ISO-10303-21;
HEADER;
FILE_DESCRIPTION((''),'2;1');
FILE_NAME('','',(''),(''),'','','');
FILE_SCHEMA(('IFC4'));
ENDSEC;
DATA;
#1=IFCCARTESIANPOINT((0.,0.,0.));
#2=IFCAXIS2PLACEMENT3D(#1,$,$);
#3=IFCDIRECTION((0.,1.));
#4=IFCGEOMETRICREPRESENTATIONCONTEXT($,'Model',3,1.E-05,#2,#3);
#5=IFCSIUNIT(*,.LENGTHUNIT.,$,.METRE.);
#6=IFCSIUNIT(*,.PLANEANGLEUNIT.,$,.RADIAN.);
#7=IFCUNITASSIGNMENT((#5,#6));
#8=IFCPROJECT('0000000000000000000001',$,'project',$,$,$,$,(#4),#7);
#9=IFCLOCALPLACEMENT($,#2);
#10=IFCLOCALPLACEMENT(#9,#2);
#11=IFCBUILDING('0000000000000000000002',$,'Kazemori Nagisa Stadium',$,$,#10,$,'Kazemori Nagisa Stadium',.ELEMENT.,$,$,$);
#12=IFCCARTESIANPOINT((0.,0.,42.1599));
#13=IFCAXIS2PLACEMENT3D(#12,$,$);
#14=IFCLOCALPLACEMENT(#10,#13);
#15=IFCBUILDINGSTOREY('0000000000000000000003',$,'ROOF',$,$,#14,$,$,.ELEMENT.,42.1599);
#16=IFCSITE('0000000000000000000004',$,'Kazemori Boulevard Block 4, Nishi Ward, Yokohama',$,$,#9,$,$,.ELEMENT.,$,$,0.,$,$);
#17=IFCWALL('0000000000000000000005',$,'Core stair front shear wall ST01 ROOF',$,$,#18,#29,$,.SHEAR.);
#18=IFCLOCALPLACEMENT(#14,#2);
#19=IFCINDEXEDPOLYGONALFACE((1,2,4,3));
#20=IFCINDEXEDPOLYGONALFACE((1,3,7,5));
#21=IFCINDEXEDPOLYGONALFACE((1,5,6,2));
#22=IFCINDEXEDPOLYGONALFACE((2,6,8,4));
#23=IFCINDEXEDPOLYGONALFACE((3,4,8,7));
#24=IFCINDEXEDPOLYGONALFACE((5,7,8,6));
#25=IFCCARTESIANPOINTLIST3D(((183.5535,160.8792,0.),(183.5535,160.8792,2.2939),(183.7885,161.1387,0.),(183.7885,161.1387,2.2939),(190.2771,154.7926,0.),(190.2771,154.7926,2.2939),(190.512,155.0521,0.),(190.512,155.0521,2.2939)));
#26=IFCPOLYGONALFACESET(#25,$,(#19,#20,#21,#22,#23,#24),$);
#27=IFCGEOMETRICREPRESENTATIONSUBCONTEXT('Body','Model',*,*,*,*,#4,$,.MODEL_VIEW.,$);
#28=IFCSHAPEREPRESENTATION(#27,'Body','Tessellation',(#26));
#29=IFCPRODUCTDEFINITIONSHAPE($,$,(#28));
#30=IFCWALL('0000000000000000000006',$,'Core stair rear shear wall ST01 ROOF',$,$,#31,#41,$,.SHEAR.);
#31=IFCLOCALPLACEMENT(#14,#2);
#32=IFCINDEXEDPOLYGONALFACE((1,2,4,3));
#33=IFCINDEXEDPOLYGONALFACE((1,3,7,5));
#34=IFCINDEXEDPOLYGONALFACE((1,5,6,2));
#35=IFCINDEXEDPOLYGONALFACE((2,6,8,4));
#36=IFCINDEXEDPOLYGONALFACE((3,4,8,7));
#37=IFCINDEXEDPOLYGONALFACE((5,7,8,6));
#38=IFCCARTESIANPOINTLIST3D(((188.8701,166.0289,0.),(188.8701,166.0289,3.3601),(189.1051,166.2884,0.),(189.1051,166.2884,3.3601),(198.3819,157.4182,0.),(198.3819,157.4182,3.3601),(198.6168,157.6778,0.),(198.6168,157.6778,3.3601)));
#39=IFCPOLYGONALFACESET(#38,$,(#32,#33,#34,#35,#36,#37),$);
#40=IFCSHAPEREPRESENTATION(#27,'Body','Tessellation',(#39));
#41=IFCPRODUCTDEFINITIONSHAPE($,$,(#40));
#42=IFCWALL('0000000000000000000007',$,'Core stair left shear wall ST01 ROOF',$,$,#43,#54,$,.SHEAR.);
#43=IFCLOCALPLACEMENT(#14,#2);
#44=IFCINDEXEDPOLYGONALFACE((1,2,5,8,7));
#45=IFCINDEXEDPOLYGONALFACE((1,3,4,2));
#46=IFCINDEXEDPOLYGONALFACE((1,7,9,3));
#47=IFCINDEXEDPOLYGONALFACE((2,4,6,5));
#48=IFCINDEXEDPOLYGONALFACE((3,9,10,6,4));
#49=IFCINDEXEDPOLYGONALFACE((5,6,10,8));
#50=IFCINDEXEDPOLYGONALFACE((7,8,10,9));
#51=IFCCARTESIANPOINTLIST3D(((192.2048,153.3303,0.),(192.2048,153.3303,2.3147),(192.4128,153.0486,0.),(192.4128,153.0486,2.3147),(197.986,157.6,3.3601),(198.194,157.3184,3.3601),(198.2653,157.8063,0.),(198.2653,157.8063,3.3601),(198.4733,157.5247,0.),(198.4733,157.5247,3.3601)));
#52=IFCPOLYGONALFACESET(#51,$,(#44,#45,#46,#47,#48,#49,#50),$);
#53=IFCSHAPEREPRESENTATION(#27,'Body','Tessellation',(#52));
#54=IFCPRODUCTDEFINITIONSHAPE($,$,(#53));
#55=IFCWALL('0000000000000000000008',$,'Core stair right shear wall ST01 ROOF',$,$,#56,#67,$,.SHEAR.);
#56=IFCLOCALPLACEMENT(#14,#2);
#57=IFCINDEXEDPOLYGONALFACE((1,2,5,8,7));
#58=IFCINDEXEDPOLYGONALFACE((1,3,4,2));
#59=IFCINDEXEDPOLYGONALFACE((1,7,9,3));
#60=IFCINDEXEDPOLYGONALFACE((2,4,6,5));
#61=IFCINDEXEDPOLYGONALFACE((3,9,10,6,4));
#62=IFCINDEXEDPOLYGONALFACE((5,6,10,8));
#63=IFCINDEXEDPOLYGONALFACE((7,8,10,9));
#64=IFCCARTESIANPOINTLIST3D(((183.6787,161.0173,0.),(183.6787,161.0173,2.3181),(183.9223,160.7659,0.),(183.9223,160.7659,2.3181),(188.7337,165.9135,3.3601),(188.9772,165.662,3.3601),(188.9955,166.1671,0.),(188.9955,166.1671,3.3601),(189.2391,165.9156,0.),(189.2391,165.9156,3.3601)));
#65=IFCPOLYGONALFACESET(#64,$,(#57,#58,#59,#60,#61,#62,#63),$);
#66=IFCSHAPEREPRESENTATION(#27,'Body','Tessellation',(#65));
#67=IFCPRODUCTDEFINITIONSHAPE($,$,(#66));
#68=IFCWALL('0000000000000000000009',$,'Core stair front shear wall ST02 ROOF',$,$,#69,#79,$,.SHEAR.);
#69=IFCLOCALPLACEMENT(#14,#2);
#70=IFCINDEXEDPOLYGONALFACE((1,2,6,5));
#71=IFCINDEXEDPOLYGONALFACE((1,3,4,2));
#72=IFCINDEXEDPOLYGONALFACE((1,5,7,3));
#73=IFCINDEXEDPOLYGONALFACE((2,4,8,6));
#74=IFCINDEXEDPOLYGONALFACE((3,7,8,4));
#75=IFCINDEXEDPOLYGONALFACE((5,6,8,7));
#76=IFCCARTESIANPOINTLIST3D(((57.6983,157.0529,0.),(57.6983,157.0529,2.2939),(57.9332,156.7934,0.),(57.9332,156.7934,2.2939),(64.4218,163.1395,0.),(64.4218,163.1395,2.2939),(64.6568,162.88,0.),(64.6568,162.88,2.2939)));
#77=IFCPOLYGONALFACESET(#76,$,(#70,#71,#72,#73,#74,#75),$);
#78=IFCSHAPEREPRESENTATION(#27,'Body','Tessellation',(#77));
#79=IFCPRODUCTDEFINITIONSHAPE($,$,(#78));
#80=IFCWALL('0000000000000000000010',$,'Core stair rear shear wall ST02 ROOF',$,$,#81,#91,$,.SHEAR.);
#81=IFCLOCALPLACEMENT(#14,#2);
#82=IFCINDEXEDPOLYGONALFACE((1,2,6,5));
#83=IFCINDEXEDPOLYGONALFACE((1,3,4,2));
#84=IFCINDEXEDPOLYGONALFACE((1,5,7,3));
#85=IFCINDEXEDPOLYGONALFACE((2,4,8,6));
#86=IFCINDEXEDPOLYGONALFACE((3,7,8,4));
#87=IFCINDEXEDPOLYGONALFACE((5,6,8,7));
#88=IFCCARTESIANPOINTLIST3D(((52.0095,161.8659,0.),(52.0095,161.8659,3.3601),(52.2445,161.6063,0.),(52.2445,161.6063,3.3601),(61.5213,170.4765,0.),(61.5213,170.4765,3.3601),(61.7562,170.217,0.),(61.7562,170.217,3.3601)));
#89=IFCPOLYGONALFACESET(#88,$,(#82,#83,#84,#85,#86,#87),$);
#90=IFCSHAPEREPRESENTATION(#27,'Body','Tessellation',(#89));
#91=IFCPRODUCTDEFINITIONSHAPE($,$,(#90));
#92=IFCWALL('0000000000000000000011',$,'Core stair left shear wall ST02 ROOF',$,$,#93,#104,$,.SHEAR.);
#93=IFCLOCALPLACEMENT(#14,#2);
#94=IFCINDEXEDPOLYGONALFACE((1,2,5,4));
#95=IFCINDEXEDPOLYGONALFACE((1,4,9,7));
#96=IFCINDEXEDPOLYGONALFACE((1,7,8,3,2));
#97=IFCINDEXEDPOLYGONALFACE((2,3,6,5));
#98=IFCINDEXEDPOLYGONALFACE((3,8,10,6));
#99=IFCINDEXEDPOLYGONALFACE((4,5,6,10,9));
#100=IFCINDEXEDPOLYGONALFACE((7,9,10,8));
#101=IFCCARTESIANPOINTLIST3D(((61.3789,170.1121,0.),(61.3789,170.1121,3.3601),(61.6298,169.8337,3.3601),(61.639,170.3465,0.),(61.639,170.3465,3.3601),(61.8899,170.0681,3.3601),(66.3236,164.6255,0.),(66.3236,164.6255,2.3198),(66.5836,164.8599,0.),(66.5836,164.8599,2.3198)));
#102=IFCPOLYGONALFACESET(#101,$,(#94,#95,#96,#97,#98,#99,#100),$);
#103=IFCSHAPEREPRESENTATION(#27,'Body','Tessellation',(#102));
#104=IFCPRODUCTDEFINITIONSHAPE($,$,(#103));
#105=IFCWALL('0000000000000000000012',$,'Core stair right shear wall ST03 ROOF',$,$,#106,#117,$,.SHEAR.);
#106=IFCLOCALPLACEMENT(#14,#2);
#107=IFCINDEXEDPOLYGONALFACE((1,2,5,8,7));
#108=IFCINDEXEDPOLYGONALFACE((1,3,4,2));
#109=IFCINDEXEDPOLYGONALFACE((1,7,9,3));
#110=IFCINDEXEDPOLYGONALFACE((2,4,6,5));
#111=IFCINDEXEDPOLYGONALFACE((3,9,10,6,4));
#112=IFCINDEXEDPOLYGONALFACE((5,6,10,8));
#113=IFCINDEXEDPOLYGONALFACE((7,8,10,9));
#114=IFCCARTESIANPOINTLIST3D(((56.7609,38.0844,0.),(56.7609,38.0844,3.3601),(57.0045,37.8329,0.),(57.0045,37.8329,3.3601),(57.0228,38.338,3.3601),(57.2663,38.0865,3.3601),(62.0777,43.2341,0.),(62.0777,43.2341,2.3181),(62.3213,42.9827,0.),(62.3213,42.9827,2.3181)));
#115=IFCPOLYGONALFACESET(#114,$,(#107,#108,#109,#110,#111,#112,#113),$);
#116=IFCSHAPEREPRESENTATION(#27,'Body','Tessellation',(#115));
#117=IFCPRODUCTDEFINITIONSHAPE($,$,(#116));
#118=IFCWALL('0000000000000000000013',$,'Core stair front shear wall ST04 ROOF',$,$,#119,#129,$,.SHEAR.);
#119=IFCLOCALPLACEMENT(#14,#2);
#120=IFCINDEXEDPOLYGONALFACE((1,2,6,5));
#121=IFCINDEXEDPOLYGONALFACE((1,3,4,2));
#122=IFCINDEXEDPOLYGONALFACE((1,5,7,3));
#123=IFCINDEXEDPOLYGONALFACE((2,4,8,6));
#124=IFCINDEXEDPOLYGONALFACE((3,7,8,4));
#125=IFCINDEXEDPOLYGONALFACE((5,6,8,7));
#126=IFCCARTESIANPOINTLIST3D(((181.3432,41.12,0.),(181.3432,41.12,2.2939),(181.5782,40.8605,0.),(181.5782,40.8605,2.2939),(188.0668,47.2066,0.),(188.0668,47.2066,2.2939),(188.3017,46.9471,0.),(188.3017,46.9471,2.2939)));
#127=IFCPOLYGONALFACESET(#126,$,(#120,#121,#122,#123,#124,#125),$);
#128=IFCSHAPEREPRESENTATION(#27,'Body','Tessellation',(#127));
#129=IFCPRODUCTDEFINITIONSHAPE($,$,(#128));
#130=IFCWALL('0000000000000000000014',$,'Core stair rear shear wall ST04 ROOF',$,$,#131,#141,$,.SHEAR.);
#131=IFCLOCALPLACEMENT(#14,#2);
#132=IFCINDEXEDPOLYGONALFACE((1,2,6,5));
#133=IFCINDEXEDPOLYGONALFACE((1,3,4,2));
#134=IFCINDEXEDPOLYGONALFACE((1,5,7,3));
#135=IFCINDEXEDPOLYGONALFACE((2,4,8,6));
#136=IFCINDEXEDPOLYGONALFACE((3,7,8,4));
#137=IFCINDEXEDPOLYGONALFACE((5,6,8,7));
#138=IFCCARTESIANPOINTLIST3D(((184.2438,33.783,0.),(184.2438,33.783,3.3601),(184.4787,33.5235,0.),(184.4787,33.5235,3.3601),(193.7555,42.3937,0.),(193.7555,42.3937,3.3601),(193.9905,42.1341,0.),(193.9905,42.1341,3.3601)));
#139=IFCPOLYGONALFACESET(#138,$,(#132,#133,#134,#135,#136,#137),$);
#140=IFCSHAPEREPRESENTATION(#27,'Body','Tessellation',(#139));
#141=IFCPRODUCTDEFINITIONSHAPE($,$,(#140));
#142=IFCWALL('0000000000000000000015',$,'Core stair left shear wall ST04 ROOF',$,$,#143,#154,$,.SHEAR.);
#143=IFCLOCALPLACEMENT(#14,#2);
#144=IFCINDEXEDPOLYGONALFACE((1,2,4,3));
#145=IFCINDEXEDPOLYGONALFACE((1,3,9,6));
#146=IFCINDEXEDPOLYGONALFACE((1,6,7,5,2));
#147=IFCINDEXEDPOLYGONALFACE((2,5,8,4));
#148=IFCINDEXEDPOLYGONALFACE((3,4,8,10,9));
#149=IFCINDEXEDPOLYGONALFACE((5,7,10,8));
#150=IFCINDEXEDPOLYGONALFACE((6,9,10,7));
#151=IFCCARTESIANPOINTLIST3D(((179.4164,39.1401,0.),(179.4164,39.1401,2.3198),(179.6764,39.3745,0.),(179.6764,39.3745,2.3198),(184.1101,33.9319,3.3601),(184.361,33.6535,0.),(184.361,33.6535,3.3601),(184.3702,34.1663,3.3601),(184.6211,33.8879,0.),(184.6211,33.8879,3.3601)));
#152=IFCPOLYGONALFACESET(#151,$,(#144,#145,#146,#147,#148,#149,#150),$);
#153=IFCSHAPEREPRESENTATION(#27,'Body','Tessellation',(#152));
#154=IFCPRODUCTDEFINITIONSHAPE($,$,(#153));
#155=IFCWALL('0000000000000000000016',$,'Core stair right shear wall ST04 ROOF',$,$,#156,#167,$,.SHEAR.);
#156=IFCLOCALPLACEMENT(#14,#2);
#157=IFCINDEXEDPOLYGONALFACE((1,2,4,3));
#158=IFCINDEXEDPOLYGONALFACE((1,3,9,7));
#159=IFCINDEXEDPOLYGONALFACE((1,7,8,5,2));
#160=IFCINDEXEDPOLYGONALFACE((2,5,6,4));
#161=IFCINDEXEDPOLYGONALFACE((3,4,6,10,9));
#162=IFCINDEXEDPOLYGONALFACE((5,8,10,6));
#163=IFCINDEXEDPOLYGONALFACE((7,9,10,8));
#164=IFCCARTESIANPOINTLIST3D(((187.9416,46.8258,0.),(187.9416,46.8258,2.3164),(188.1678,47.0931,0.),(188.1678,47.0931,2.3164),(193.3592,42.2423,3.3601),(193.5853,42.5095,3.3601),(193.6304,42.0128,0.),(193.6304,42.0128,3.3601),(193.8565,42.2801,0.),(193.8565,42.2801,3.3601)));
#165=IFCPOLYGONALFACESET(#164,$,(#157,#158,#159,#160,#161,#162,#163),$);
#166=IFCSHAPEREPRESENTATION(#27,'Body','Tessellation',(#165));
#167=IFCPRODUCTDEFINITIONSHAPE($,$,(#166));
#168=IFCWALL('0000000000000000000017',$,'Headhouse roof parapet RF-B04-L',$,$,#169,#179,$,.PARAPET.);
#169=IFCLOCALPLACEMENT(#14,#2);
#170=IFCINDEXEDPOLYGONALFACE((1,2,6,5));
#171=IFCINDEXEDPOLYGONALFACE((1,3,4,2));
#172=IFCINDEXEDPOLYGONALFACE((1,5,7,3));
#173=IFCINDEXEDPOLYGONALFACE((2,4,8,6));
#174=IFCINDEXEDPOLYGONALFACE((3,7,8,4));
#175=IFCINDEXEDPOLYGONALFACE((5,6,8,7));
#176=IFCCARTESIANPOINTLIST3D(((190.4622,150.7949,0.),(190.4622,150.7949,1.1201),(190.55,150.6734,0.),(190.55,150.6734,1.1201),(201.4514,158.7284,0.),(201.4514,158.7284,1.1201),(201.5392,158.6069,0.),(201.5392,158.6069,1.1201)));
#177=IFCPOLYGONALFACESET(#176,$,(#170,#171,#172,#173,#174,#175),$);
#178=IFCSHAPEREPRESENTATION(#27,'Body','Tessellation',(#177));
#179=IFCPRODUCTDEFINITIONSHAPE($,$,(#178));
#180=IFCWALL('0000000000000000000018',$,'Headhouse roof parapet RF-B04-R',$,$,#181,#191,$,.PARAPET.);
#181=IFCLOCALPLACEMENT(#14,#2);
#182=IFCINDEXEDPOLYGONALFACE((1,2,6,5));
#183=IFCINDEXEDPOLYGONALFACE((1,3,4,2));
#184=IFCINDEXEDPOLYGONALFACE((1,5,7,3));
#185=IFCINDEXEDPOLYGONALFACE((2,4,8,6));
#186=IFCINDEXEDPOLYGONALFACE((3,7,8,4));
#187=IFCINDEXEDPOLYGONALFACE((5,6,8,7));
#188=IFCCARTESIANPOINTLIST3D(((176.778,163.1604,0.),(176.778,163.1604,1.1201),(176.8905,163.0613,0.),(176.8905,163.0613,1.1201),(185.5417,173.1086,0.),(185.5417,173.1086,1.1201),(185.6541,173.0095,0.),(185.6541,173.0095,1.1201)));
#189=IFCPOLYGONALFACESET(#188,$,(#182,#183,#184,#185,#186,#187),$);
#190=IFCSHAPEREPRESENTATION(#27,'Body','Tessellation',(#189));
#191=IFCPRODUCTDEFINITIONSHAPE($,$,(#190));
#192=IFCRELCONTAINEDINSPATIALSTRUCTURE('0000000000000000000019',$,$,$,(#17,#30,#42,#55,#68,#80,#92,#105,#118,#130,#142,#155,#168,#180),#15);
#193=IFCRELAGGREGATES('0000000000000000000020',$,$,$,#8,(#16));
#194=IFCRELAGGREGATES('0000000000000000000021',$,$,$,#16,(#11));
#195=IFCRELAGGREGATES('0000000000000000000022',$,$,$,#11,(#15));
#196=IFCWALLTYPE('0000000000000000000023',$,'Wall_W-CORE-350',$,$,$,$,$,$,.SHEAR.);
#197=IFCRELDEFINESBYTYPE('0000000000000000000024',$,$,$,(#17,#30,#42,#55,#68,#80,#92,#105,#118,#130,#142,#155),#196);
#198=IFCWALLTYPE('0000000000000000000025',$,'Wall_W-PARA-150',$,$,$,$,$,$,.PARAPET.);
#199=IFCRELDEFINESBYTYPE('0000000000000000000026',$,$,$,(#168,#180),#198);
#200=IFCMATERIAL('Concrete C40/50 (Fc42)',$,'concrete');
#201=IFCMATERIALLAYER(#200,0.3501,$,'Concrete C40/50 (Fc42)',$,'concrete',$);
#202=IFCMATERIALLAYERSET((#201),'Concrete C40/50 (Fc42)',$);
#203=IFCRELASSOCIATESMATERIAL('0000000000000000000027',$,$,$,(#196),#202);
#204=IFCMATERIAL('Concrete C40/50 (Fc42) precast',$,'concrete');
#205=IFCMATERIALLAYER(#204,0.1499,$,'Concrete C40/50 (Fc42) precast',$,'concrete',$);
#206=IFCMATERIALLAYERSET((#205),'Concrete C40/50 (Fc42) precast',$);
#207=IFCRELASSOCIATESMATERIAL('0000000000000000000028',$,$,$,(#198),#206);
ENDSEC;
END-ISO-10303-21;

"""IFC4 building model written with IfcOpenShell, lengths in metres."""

from ifc_helpers import new_model, si_unit, direction, frame, frame_2d, origin, place, context, subcontext, project, spatial, polyline, rectangle, outline, extrude, material, layer, layer_set, type_object, element, save


model = new_model("IFC4")

# Units and contexts
model_context = context("Model", 3, precision=1e-05, world=origin(), true_north=direction((0.0, 1.0)))
body_context = subcontext(model_context, "Body", "Model", "MODEL_VIEW")
ifc_project = project(units=[si_unit("LENGTHUNIT", "METRE"), si_unit("PLANEANGLEUNIT", "RADIAN")], contexts=[model_context])

# Site, building, storey
site_placement = place(None, origin())
site = spatial("IfcSite", under=ifc_project, at=site_placement, Name="Kazemori Boulevard Block 4, Nishi Ward, Yokohama", CompositionType="ELEMENT", RefElevation=0.0)
building_placement = place(site_placement, origin())
building = spatial("IfcBuilding", under=site, at=building_placement, Name="Kazemori Nagisa Stadium", LongName="Kazemori Nagisa Stadium", CompositionType="ELEMENT")
storey_placement = place(building_placement, frame((0.0, 0.0, 42.1599)))
storey = spatial("IfcBuildingStorey", under=building, at=storey_placement, Name="ROOF", CompositionType="ELEMENT", Elevation=42.1599)

# Walls
ifc_material_1 = material(Name="Concrete C40/50 (Fc42)", Category="concrete")
ifc_layer_1 = layer(ifc_material_1, 0.3501, Name="Concrete C40/50 (Fc42)", Category="concrete")
ifc_layer_set_1 = layer_set([ifc_layer_1], Name="Concrete C40/50 (Fc42)")
wall_type_1 = type_object("IfcWallType", Name="Wall_W-CORE-350", PredefinedType="SHEAR", material=ifc_layer_set_1)
wall_1_placement = place(storey_placement, frame((190.3945, 154.9224, 0.0), z_axis=(0.0, 0.0, 1.0), x_axis=(-0.74135, 0.671118, 0.0)))
element("IfcWall", 1, at=wall_1_placement, inside=storey, type_object=wall_type_1, Name="Core stair front shear wall ST01 ROOF", PredefinedType="SHEAR", context=body_context, shape_type="SweptSolid", body=[
    extrude(rectangle(XDim=9.0693, YDim=0.3501, at=frame_2d((4.5347, 0.0))), origin(), (0.0, 0.0, 1.0), 2.2939),
])
wall_2_placement = place(storey_placement, frame((198.4993, 157.5481, 0.0), z_axis=(0.0, 0.0, 1.0), x_axis=(-0.741351, 0.671117, 0.0)))
element("IfcWall", 2, at=wall_2_placement, inside=storey, type_object=wall_type_1, Name="Core stair rear shear wall ST01 ROOF", PredefinedType="SHEAR", context=body_context, shape_type="SweptSolid", body=[
    extrude(rectangle(XDim=12.8303, YDim=0.3501, at=frame_2d((6.415, 0.0))), origin(), (0.0, 0.0, 1.0), 3.3601),
])
wall_3_placement = place(storey_placement, frame((192.3088, 153.1895, 0.0), z_axis=(0.0, 0.0, 1.0), x_axis=(0.804396, 0.594094, 0.0)))
element("IfcWall", 3, at=wall_3_placement, inside=storey, type_object=wall_type_1, Name="Core stair left shear wall ST01 ROOF", PredefinedType="SHEAR", context=body_context, shape_type="SweptSolid", body=[
    extrude(outline(polyline([(0.0, 0.0), (7.5342, 0.0), (7.5342, 3.3601), (7.187, 3.3601), (0.0, 2.3147), (0.0, 0.0)])), frame((0.0, 0.175, 0.0), z_axis=(0.0, -1.0, 0.0), x_axis=(1.0, 0.0, 0.0)), (0.0, 0.0, 1.0), 0.3501),
])
wall_4_placement = place(storey_placement, frame((183.8005, 160.8916, 0.0), z_axis=(0.0, 0.0, 1.0), x_axis=(0.718297, 0.695736, 0.0)))
element("IfcWall", 4, at=wall_4_placement, inside=storey, type_object=wall_type_1, Name="Core stair right shear wall ST01 ROOF", PredefinedType="SHEAR", context=body_context, shape_type="SweptSolid", body=[
    extrude(outline(polyline([(0.0, 0.0), (7.4019, 0.0), (7.4019, 3.3601), (7.0374, 3.3601), (0.0, 2.3181), (0.0, 0.0)])), frame((0.0, 0.175, 0.0), z_axis=(0.0, -1.0, 0.0), x_axis=(1.0, 0.0, 0.0)), (0.0, 0.0, 1.0), 0.3501),
])
wall_5_placement = place(storey_placement, frame((64.5393, 163.0098, 0.0), z_axis=(0.0, 0.0, 1.0), x_axis=(-0.74135, -0.671118, 0.0)))
element("IfcWall", 5, at=wall_5_placement, inside=storey, type_object=wall_type_1, Name="Core stair front shear wall ST02 ROOF", PredefinedType="SHEAR", context=body_context, shape_type="SweptSolid", body=[
    extrude(rectangle(XDim=9.0693, YDim=0.3501, at=frame_2d((4.5347, 0.0))), origin(), (0.0, 0.0, 1.0), 2.2939),
])
wall_6_placement = place(storey_placement, frame((61.6387, 170.3467, 0.0), z_axis=(0.0, 0.0, 1.0), x_axis=(-0.741351, -0.671117, 0.0)))
element("IfcWall", 6, at=wall_6_placement, inside=storey, type_object=wall_type_1, Name="Core stair rear shear wall ST02 ROOF", PredefinedType="SHEAR", context=body_context, shape_type="SweptSolid", body=[
    extrude(rectangle(XDim=12.8303, YDim=0.3501, at=frame_2d((6.415, 0.0))), origin(), (0.0, 0.0, 1.0), 3.3601),
])
wall_7_placement = place(storey_placement, frame((66.4536, 164.7427, 0.0), z_axis=(0.0, 0.0, 1.0), x_axis=(-0.669463, 0.742845, 0.0)))
element("IfcWall", 7, at=wall_7_placement, inside=storey, type_object=wall_type_1, Name="Core stair left shear wall ST02 ROOF", PredefinedType="SHEAR", context=body_context, shape_type="SweptSolid", body=[
    extrude(outline(polyline([(0.0, 0.0), (7.386, 0.0), (7.386, 3.3601), (7.0112, 3.3601), (0.0, 2.3198), (0.0, 0.0)])), frame((0.0, 0.175, 0.0), z_axis=(0.0, -1.0, 0.0), x_axis=(1.0, 0.0, 0.0)), (0.0, 0.0, 1.0), 0.3501),
])
wall_8_placement = place(storey_placement, frame((62.1995, 43.1084, 0.0), z_axis=(0.0, 0.0, 1.0), x_axis=(-0.718297, -0.695736, 0.0)))
element("IfcWall", 8, at=wall_8_placement, inside=storey, type_object=wall_type_1, Name="Core stair right shear wall ST03 ROOF", PredefinedType="SHEAR", context=body_context, shape_type="SweptSolid", body=[
    extrude(outline(polyline([(0.0, 0.0), (7.4019, 0.0), (7.4019, 3.3601), (7.0374, 3.3601), (0.0, 2.3181), (0.0, 0.0)])), frame((0.0, 0.175, 0.0), z_axis=(0.0, -1.0, 0.0), x_axis=(1.0, 0.0, 0.0)), (0.0, 0.0, 1.0), 0.3501),
])
wall_9_placement = place(storey_placement, frame((181.4607, 40.9902, 0.0), z_axis=(0.0, 0.0, 1.0), x_axis=(0.74135, 0.671118, 0.0)))
element("IfcWall", 9, at=wall_9_placement, inside=storey, type_object=wall_type_1, Name="Core stair front shear wall ST04 ROOF", PredefinedType="SHEAR", context=body_context, shape_type="SweptSolid", body=[
    extrude(rectangle(XDim=9.0693, YDim=0.3501, at=frame_2d((4.5347, 0.0))), origin(), (0.0, 0.0, 1.0), 2.2939),
])
wall_10_placement = place(storey_placement, frame((184.3613, 33.6533, 0.0), z_axis=(0.0, 0.0, 1.0), x_axis=(0.741351, 0.671117, 0.0)))
element("IfcWall", 10, at=wall_10_placement, inside=storey, type_object=wall_type_1, Name="Core stair rear shear wall ST04 ROOF", PredefinedType="SHEAR", context=body_context, shape_type="SweptSolid", body=[
    extrude(rectangle(XDim=12.8303, YDim=0.3501, at=frame_2d((6.415, 0.0))), origin(), (0.0, 0.0, 1.0), 3.3601),
])
wall_11_placement = place(storey_placement, frame((179.5464, 39.2573, 0.0), z_axis=(0.0, 0.0, 1.0), x_axis=(0.669463, -0.742845, 0.0)))
element("IfcWall", 11, at=wall_11_placement, inside=storey, type_object=wall_type_1, Name="Core stair left shear wall ST04 ROOF", PredefinedType="SHEAR", context=body_context, shape_type="SweptSolid", body=[
    extrude(outline(polyline([(0.0, 0.0), (7.386, 0.0), (7.386, 3.3601), (7.0112, 3.3601), (0.0, 2.3198), (0.0, 0.0)])), frame((0.0, 0.175, 0.0), z_axis=(0.0, -1.0, 0.0), x_axis=(1.0, 0.0, 0.0)), (0.0, 0.0, 1.0), 0.3501),
])
wall_12_placement = place(storey_placement, frame((188.0547, 46.9595, 0.0), z_axis=(0.0, 0.0, 1.0), x_axis=(0.763422, -0.6459, 0.0)))
element("IfcWall", 12, at=wall_12_placement, inside=storey, type_object=wall_type_1, Name="Core stair right shear wall ST04 ROOF", PredefinedType="SHEAR", context=body_context, shape_type="SweptSolid", body=[
    extrude(outline(polyline([(0.0, 0.0), (7.4517, 0.0), (7.4517, 3.3601), (7.0964, 3.3601), (0.0, 2.3164), (0.0, 0.0)])), frame((0.0, 0.175, 0.0), z_axis=(0.0, -1.0, 0.0), x_axis=(1.0, 0.0, 0.0)), (0.0, 0.0, 1.0), 0.3501),
])
ifc_material_2 = material(Name="Concrete C40/50 (Fc42) precast", Category="concrete")
ifc_layer_2 = layer(ifc_material_2, 0.1499, Name="Concrete C40/50 (Fc42) precast", Category="concrete")
ifc_layer_set_2 = layer_set([ifc_layer_2], Name="Concrete C40/50 (Fc42) precast")
wall_type_2 = type_object("IfcWallType", Name="Wall_W-PARA-150", PredefinedType="PARAPET", material=ifc_layer_set_2)
wall_13_placement = place(storey_placement, frame((190.5061, 150.7341, 0.0), z_axis=(0.0, 0.0, 1.0), x_axis=(0.810788, 0.585341, 0.0)))
element("IfcWall", 13, at=wall_13_placement, inside=storey, type_object=wall_type_2, Name="Headhouse roof parapet RF-B04-L", PredefinedType="PARAPET", context=body_context, shape_type="SweptSolid", body=[
    extrude(rectangle(XDim=13.5537, YDim=0.1499, at=frame_2d((6.7769, 0.0))), origin(), (0.0, 0.0, 1.0), 1.1201),
])
for number, where, z_axis, x_axis, name in (
    (14, (176.8342, 163.1108, 0.0), (0.0, 0.0, 1.0), (0.66102, 0.750369, 0.0), "Headhouse roof parapet RF-B04-R"),
):
    element("IfcWall", number, at=place(storey_placement, frame(where, z_axis=z_axis, x_axis=x_axis)), inside=storey, type_object=wall_type_2, Name=name, PredefinedType="PARAPET", context=body_context, shape_type="SweptSolid", body=[
        extrude(rectangle(XDim=13.2578, YDim=0.1499, at=frame_2d((6.6289, 0.0))), origin(), (0.0, 0.0, 1.0), 1.1201),
    ])

save(model, "model.ifc")
